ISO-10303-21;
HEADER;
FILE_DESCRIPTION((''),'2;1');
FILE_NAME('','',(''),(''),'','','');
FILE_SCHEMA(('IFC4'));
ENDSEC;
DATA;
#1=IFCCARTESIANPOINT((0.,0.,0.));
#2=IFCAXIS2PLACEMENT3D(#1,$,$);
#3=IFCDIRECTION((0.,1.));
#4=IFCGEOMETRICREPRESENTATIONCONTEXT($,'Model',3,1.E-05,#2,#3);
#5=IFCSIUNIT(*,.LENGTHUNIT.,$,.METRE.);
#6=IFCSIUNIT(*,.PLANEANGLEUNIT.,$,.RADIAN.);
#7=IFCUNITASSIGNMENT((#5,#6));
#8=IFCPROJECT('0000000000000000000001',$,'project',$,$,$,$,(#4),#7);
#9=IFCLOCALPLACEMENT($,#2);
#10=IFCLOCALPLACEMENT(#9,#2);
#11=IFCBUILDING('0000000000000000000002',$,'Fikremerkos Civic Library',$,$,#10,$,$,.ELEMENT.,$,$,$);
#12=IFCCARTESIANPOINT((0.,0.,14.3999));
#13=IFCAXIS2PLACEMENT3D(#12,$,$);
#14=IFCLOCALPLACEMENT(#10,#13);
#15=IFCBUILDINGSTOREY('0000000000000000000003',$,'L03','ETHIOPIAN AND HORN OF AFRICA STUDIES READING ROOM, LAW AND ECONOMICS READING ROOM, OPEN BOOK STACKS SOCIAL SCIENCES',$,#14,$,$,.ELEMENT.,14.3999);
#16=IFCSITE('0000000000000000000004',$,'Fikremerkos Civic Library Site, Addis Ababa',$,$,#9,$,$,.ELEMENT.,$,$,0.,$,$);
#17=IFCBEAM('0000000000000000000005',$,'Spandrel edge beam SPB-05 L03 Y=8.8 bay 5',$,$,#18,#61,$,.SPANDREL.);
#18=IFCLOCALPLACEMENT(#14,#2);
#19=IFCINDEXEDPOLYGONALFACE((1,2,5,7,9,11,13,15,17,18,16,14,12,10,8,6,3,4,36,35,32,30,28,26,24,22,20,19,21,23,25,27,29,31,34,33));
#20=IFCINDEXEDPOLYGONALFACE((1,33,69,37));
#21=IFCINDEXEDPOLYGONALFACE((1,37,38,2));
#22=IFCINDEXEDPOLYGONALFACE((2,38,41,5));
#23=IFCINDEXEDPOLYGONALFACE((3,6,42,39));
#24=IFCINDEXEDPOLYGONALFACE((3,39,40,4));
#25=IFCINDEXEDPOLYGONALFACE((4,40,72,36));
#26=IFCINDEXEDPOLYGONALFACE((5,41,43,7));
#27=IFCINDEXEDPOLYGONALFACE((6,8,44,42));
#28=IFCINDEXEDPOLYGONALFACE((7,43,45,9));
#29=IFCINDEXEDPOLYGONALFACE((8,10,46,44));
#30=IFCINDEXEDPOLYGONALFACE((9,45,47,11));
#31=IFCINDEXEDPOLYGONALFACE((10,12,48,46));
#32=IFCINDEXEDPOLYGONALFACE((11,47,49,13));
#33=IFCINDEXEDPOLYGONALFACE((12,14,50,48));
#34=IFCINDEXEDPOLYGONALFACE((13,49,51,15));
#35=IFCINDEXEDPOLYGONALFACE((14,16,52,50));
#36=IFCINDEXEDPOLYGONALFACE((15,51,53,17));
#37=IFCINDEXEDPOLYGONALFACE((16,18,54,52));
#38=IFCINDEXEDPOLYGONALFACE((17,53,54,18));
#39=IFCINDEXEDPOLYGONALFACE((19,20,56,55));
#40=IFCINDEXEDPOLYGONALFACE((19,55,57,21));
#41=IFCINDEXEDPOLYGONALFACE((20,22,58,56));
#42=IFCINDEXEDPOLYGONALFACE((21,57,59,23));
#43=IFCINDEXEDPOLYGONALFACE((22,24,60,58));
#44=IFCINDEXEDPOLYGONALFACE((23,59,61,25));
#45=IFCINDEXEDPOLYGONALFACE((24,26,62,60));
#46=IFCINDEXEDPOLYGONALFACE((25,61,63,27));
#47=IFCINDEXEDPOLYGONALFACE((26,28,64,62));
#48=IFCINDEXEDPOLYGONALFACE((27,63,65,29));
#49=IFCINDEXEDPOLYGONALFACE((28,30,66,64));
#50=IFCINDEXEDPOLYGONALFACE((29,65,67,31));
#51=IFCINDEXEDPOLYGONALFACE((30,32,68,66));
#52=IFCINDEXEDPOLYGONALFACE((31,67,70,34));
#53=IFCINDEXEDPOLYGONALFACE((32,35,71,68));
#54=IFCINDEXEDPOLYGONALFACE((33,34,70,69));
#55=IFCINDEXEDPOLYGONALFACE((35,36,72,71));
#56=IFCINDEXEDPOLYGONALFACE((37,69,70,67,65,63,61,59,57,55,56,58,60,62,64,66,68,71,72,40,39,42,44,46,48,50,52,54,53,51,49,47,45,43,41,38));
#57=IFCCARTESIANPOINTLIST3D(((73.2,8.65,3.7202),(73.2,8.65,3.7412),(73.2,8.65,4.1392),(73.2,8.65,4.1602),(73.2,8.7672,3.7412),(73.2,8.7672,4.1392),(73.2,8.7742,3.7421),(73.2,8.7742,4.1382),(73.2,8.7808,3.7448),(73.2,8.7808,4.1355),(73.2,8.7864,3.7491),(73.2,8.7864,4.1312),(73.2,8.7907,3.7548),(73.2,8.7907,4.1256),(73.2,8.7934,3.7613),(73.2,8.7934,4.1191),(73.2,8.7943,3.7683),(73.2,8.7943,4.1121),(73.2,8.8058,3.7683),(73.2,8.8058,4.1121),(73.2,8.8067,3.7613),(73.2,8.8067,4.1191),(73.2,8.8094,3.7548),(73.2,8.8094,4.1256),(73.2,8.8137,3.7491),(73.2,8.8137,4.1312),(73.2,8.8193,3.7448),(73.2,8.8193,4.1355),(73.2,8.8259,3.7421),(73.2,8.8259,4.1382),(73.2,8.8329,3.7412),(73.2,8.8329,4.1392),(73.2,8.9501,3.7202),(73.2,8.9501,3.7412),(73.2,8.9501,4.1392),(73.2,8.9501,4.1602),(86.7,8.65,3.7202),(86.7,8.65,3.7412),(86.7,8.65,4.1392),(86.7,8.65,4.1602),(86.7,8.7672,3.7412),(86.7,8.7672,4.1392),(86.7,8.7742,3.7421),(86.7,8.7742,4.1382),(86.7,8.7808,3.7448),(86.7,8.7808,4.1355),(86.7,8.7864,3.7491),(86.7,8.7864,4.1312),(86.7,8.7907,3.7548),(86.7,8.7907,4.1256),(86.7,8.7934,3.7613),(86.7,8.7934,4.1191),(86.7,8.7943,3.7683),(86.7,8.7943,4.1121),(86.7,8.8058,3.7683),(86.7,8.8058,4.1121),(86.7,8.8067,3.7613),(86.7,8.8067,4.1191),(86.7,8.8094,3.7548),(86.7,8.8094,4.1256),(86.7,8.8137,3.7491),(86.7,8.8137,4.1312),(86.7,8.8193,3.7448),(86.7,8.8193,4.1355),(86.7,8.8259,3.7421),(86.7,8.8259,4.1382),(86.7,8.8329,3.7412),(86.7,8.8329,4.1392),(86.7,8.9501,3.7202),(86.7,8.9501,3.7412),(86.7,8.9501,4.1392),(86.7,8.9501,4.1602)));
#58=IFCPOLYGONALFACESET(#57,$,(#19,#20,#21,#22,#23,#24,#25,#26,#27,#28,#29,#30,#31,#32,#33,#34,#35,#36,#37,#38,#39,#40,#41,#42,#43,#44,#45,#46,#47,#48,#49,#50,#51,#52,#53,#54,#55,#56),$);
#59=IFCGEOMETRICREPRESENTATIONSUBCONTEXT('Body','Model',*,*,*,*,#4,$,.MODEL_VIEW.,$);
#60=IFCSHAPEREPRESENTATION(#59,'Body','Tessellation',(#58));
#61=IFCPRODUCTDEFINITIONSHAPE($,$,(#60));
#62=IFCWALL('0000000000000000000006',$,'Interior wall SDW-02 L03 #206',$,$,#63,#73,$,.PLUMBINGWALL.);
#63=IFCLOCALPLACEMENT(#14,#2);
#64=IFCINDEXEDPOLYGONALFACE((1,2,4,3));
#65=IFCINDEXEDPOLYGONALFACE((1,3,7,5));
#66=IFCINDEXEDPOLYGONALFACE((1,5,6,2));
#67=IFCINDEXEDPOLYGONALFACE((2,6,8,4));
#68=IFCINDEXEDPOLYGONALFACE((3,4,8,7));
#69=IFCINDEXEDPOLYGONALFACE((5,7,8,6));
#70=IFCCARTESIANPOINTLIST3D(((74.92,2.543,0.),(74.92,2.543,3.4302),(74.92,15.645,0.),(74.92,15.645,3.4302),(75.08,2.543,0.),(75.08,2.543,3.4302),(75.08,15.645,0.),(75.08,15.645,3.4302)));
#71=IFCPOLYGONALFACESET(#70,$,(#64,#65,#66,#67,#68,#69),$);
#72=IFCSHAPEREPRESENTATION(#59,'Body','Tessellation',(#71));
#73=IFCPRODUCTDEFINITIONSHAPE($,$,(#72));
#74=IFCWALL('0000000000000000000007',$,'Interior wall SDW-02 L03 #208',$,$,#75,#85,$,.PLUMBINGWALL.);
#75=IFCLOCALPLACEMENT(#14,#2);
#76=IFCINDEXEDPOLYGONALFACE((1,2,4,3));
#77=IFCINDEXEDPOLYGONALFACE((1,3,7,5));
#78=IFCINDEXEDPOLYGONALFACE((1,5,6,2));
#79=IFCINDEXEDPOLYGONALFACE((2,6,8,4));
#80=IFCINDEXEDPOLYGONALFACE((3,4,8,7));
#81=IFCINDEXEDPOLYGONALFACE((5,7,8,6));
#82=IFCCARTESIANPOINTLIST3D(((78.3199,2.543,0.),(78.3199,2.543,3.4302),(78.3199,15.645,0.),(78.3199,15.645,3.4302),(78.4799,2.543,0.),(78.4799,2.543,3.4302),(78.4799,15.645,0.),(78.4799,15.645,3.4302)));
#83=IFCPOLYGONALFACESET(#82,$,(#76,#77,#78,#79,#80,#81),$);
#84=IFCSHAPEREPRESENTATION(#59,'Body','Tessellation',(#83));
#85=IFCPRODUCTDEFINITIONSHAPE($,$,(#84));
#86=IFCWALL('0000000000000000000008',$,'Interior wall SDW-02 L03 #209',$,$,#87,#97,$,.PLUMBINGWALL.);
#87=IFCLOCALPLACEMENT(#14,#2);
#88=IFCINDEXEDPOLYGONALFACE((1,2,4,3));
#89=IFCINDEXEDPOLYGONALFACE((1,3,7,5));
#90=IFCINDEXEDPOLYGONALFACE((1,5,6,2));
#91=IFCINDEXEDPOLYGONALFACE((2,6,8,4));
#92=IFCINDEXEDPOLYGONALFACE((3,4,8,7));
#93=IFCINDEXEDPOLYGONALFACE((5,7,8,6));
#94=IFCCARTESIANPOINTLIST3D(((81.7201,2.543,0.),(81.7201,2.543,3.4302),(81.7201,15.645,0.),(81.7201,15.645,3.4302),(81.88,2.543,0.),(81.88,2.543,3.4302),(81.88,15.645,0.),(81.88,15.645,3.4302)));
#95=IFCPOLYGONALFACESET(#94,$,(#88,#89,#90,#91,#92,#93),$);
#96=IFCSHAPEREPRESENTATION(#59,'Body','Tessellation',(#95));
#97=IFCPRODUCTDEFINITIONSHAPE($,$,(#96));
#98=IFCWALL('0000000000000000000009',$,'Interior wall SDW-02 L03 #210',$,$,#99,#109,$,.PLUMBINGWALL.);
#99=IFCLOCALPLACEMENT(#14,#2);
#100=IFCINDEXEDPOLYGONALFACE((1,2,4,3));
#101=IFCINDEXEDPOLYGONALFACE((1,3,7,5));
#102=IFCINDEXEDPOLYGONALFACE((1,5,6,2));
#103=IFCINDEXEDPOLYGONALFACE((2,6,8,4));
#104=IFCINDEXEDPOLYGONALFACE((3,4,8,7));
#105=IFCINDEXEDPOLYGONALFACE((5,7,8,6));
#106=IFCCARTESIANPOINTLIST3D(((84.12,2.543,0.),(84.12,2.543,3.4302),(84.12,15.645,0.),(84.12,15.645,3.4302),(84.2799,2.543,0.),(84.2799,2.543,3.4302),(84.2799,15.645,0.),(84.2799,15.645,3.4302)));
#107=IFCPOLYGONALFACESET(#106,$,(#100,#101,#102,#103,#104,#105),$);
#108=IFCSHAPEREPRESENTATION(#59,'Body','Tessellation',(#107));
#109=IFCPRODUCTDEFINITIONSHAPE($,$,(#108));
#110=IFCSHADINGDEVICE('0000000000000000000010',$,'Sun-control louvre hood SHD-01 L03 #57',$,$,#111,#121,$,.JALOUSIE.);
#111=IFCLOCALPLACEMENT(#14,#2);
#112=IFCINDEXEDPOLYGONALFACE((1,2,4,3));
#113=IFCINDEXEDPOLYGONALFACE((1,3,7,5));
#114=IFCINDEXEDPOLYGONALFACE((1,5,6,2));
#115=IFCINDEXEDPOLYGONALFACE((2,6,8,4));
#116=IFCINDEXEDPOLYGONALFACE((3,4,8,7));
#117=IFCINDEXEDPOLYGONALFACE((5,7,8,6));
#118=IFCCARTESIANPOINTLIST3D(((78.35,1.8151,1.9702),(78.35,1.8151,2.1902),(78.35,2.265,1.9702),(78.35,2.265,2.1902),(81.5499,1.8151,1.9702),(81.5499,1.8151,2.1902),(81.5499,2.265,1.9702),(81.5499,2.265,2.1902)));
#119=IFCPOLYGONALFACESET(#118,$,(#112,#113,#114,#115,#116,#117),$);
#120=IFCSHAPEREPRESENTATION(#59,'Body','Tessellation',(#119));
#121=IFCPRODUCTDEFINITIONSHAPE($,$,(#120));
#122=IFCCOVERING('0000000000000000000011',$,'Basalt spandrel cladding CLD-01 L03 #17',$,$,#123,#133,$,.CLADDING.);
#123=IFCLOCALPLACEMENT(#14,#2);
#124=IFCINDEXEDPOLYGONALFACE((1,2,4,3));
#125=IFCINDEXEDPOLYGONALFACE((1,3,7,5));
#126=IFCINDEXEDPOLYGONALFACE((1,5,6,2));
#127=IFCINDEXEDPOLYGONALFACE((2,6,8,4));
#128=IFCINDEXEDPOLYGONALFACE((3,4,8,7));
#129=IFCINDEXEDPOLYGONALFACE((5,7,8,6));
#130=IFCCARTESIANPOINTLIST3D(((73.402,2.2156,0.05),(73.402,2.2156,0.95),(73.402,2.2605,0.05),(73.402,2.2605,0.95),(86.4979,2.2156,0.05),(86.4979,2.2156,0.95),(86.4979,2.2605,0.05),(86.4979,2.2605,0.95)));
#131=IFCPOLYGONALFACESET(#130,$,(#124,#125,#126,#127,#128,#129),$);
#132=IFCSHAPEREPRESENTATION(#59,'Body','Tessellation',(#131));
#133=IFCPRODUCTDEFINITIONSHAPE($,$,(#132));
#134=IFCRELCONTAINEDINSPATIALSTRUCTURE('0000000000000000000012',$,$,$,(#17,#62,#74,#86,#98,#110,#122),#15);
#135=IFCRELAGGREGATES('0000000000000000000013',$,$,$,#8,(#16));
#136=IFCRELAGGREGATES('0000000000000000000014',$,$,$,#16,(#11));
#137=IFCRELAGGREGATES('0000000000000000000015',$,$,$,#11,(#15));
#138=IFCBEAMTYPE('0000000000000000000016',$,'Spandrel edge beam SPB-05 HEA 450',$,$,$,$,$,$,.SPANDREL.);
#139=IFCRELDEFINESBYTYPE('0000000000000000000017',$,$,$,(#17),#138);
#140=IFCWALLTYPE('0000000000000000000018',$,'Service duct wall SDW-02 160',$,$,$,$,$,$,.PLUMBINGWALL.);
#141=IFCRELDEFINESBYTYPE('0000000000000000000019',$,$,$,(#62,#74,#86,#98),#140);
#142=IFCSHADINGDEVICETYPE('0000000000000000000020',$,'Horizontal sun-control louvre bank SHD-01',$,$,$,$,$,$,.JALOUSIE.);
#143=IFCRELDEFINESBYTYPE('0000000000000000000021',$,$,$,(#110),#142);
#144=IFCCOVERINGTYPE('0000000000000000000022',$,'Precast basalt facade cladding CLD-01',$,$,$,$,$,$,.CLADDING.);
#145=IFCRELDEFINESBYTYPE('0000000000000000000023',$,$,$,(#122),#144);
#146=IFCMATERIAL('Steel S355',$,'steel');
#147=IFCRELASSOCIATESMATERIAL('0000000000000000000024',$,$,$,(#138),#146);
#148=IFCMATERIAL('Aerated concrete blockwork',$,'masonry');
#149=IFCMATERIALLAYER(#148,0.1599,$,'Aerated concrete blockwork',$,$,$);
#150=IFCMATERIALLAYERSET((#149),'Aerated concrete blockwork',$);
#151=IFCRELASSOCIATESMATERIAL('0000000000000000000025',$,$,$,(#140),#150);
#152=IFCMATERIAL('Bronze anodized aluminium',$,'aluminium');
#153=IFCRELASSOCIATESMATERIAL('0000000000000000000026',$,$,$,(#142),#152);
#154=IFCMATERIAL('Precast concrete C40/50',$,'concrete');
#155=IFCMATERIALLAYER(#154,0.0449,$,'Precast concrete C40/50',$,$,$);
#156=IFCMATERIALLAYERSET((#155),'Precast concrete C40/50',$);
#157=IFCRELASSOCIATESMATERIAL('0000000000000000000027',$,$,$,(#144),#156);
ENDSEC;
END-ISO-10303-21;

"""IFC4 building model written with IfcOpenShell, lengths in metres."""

from ifc_helpers import new_model, si_unit, direction, frame, frame_2d, origin, origin_2d, place, context, subcontext, project, spatial, rectangle, i_section, extrude, material, layer, layer_set, material_profile, profile_set, type_object, element, save


model = new_model("IFC4")

# Units and contexts
model_context = context("Model", 3, precision=1e-05, world=origin(), true_north=direction((0.0, 1.0)))
body_context = subcontext(model_context, "Body", "Model", "MODEL_VIEW")
ifc_project = project(units=[si_unit("LENGTHUNIT", "METRE"), si_unit("PLANEANGLEUNIT", "RADIAN")], contexts=[model_context])

# Site, building, storey
site_placement = place(None, origin())
site = spatial("IfcSite", under=ifc_project, at=site_placement, Name="Fikremerkos Civic Library Site, Addis Ababa", CompositionType="ELEMENT", RefElevation=0.0)
building_placement = place(site_placement, origin())
building = spatial("IfcBuilding", under=site, at=building_placement, Name="Fikremerkos Civic Library", CompositionType="ELEMENT")
storey_placement = place(building_placement, frame((0.0, 0.0, 14.3999)))
storey = spatial("IfcBuildingStorey", under=building, at=storey_placement, Name="L03", Description="ETHIOPIAN AND HORN OF AFRICA STUDIES READING ROOM, LAW AND ECONOMICS READING ROOM, OPEN BOOK STACKS SOCIAL SCIENCES", CompositionType="ELEMENT", Elevation=14.3999)

# Shared definitions
ifc_material_1 = material(Name="Steel S355", Category="steel")

# Beam
ifc_material_profile_1 = material_profile(ifc_material_1, i_section(OverallWidth=0.3, OverallDepth=0.4399, WebThickness=0.0115, FlangeThickness=0.021, FilletRadius=0.0271, at=origin_2d()), Name="HEA 450")
ifc_profile_set_1 = profile_set([ifc_material_profile_1], Name="Steel S355")
beam_type_1 = type_object("IfcBeamType", Name="Spandrel edge beam SPB-05 HEA 450", PredefinedType="SPANDREL", material=ifc_profile_set_1)
beam_1_placement = place(storey_placement, frame((73.2, 8.8, 3.9402), z_axis=(1.0, 0.0, 0.0), x_axis=(0.0, 1.0, 0.0)))
element("IfcBeam", 1, at=beam_1_placement, inside=storey, type_object=beam_type_1, Name="Spandrel edge beam SPB-05 L03 Y=8.8 bay 5", PredefinedType="SPANDREL", context=body_context, shape_type="SweptSolid", body=[
    extrude(i_section(OverallWidth=0.3, OverallDepth=0.4399, WebThickness=0.0115, FlangeThickness=0.021, FilletRadius=0.0271, at=origin_2d()), origin(), (0.0, 0.0, 1.0), 13.5),
])

# Shared definitions
ifc_material_2 = material(Name="Precast concrete C40/50", Category="concrete")

# Walls
ifc_material_3 = material(Name="Aerated concrete blockwork", Category="masonry")
ifc_layer_1 = layer(ifc_material_3, 0.1599, Name="Aerated concrete blockwork")
ifc_layer_set_1 = layer_set([ifc_layer_1], Name="Aerated concrete blockwork")
wall_type_1 = type_object("IfcWallType", Name="Service duct wall SDW-02 160", PredefinedType="PLUMBINGWALL", material=ifc_layer_set_1)
for number, where, z_axis, x_axis, name in (
    (2, (75.0, 2.543, 0.0), (0.0, 0.0, 1.0), (0.0, 1.0, 0.0), "Interior wall SDW-02 L03 #206"),
    (3, (78.3999, 2.543, 0.0), (0.0, 0.0, 1.0), (0.0, 1.0, 0.0), "Interior wall SDW-02 L03 #208"),
    (4, (81.8, 2.543, 0.0), (0.0, 0.0, 1.0), (0.0, 1.0, 0.0), "Interior wall SDW-02 L03 #209"),
    (5, (84.2, 2.543, 0.0), (0.0, 0.0, 1.0), (0.0, 1.0, 0.0), "Interior wall SDW-02 L03 #210"),
):
    element("IfcWall", number, at=place(storey_placement, frame(where, z_axis=z_axis, x_axis=x_axis)), inside=storey, type_object=wall_type_1, Name=name, PredefinedType="PLUMBINGWALL", context=body_context, shape_type="SweptSolid", body=[
        extrude(rectangle(XDim=13.1021, YDim=0.1599, at=frame_2d((6.551, 0.0))), origin(), (0.0, 0.0, 1.0), 3.4302),
    ])

# Shading device
ifc_material_4 = material(Name="Bronze anodized aluminium", Category="aluminium")
shading_device_type = type_object("IfcShadingDeviceType", Name="Horizontal sun-control louvre bank SHD-01", PredefinedType="JALOUSIE", material=ifc_material_4)
shading_device_placement = place(storey_placement, frame((79.95, 2.04, 1.9702), z_axis=(0.0, 0.0, 1.0), x_axis=(1.0, 0.0, 0.0)))
element("IfcShadingDevice", 6, at=shading_device_placement, inside=storey, type_object=shading_device_type, Name="Sun-control louvre hood SHD-01 L03 #57", PredefinedType="JALOUSIE", context=body_context, shape_type="SweptSolid", body=[
    extrude(rectangle(XDim=3.2, YDim=0.45, at=origin_2d()), origin(), (0.0, 0.0, 1.0), 0.22),
])

# Covering
ifc_layer_2 = layer(ifc_material_2, 0.0449, Name="Precast concrete C40/50")
ifc_layer_set_2 = layer_set([ifc_layer_2], Name="Precast concrete C40/50")
covering_type = type_object("IfcCoveringType", Name="Precast basalt facade cladding CLD-01", PredefinedType="CLADDING", material=ifc_layer_set_2)
covering_placement = place(storey_placement, frame((79.95, 2.238, 0.05), z_axis=(0.0, 0.0, 1.0), x_axis=(1.0, 0.0, 0.0)))
element("IfcCovering", 7, at=covering_placement, inside=storey, type_object=covering_type, Name="Basalt spandrel cladding CLD-01 L03 #17", PredefinedType="CLADDING", context=body_context, shape_type="SweptSolid", body=[
    extrude(rectangle(XDim=13.0959, YDim=0.0449, at=origin_2d()), origin(), (0.0, 0.0, 1.0), 0.8999),
])

save(model, "model.ifc")
